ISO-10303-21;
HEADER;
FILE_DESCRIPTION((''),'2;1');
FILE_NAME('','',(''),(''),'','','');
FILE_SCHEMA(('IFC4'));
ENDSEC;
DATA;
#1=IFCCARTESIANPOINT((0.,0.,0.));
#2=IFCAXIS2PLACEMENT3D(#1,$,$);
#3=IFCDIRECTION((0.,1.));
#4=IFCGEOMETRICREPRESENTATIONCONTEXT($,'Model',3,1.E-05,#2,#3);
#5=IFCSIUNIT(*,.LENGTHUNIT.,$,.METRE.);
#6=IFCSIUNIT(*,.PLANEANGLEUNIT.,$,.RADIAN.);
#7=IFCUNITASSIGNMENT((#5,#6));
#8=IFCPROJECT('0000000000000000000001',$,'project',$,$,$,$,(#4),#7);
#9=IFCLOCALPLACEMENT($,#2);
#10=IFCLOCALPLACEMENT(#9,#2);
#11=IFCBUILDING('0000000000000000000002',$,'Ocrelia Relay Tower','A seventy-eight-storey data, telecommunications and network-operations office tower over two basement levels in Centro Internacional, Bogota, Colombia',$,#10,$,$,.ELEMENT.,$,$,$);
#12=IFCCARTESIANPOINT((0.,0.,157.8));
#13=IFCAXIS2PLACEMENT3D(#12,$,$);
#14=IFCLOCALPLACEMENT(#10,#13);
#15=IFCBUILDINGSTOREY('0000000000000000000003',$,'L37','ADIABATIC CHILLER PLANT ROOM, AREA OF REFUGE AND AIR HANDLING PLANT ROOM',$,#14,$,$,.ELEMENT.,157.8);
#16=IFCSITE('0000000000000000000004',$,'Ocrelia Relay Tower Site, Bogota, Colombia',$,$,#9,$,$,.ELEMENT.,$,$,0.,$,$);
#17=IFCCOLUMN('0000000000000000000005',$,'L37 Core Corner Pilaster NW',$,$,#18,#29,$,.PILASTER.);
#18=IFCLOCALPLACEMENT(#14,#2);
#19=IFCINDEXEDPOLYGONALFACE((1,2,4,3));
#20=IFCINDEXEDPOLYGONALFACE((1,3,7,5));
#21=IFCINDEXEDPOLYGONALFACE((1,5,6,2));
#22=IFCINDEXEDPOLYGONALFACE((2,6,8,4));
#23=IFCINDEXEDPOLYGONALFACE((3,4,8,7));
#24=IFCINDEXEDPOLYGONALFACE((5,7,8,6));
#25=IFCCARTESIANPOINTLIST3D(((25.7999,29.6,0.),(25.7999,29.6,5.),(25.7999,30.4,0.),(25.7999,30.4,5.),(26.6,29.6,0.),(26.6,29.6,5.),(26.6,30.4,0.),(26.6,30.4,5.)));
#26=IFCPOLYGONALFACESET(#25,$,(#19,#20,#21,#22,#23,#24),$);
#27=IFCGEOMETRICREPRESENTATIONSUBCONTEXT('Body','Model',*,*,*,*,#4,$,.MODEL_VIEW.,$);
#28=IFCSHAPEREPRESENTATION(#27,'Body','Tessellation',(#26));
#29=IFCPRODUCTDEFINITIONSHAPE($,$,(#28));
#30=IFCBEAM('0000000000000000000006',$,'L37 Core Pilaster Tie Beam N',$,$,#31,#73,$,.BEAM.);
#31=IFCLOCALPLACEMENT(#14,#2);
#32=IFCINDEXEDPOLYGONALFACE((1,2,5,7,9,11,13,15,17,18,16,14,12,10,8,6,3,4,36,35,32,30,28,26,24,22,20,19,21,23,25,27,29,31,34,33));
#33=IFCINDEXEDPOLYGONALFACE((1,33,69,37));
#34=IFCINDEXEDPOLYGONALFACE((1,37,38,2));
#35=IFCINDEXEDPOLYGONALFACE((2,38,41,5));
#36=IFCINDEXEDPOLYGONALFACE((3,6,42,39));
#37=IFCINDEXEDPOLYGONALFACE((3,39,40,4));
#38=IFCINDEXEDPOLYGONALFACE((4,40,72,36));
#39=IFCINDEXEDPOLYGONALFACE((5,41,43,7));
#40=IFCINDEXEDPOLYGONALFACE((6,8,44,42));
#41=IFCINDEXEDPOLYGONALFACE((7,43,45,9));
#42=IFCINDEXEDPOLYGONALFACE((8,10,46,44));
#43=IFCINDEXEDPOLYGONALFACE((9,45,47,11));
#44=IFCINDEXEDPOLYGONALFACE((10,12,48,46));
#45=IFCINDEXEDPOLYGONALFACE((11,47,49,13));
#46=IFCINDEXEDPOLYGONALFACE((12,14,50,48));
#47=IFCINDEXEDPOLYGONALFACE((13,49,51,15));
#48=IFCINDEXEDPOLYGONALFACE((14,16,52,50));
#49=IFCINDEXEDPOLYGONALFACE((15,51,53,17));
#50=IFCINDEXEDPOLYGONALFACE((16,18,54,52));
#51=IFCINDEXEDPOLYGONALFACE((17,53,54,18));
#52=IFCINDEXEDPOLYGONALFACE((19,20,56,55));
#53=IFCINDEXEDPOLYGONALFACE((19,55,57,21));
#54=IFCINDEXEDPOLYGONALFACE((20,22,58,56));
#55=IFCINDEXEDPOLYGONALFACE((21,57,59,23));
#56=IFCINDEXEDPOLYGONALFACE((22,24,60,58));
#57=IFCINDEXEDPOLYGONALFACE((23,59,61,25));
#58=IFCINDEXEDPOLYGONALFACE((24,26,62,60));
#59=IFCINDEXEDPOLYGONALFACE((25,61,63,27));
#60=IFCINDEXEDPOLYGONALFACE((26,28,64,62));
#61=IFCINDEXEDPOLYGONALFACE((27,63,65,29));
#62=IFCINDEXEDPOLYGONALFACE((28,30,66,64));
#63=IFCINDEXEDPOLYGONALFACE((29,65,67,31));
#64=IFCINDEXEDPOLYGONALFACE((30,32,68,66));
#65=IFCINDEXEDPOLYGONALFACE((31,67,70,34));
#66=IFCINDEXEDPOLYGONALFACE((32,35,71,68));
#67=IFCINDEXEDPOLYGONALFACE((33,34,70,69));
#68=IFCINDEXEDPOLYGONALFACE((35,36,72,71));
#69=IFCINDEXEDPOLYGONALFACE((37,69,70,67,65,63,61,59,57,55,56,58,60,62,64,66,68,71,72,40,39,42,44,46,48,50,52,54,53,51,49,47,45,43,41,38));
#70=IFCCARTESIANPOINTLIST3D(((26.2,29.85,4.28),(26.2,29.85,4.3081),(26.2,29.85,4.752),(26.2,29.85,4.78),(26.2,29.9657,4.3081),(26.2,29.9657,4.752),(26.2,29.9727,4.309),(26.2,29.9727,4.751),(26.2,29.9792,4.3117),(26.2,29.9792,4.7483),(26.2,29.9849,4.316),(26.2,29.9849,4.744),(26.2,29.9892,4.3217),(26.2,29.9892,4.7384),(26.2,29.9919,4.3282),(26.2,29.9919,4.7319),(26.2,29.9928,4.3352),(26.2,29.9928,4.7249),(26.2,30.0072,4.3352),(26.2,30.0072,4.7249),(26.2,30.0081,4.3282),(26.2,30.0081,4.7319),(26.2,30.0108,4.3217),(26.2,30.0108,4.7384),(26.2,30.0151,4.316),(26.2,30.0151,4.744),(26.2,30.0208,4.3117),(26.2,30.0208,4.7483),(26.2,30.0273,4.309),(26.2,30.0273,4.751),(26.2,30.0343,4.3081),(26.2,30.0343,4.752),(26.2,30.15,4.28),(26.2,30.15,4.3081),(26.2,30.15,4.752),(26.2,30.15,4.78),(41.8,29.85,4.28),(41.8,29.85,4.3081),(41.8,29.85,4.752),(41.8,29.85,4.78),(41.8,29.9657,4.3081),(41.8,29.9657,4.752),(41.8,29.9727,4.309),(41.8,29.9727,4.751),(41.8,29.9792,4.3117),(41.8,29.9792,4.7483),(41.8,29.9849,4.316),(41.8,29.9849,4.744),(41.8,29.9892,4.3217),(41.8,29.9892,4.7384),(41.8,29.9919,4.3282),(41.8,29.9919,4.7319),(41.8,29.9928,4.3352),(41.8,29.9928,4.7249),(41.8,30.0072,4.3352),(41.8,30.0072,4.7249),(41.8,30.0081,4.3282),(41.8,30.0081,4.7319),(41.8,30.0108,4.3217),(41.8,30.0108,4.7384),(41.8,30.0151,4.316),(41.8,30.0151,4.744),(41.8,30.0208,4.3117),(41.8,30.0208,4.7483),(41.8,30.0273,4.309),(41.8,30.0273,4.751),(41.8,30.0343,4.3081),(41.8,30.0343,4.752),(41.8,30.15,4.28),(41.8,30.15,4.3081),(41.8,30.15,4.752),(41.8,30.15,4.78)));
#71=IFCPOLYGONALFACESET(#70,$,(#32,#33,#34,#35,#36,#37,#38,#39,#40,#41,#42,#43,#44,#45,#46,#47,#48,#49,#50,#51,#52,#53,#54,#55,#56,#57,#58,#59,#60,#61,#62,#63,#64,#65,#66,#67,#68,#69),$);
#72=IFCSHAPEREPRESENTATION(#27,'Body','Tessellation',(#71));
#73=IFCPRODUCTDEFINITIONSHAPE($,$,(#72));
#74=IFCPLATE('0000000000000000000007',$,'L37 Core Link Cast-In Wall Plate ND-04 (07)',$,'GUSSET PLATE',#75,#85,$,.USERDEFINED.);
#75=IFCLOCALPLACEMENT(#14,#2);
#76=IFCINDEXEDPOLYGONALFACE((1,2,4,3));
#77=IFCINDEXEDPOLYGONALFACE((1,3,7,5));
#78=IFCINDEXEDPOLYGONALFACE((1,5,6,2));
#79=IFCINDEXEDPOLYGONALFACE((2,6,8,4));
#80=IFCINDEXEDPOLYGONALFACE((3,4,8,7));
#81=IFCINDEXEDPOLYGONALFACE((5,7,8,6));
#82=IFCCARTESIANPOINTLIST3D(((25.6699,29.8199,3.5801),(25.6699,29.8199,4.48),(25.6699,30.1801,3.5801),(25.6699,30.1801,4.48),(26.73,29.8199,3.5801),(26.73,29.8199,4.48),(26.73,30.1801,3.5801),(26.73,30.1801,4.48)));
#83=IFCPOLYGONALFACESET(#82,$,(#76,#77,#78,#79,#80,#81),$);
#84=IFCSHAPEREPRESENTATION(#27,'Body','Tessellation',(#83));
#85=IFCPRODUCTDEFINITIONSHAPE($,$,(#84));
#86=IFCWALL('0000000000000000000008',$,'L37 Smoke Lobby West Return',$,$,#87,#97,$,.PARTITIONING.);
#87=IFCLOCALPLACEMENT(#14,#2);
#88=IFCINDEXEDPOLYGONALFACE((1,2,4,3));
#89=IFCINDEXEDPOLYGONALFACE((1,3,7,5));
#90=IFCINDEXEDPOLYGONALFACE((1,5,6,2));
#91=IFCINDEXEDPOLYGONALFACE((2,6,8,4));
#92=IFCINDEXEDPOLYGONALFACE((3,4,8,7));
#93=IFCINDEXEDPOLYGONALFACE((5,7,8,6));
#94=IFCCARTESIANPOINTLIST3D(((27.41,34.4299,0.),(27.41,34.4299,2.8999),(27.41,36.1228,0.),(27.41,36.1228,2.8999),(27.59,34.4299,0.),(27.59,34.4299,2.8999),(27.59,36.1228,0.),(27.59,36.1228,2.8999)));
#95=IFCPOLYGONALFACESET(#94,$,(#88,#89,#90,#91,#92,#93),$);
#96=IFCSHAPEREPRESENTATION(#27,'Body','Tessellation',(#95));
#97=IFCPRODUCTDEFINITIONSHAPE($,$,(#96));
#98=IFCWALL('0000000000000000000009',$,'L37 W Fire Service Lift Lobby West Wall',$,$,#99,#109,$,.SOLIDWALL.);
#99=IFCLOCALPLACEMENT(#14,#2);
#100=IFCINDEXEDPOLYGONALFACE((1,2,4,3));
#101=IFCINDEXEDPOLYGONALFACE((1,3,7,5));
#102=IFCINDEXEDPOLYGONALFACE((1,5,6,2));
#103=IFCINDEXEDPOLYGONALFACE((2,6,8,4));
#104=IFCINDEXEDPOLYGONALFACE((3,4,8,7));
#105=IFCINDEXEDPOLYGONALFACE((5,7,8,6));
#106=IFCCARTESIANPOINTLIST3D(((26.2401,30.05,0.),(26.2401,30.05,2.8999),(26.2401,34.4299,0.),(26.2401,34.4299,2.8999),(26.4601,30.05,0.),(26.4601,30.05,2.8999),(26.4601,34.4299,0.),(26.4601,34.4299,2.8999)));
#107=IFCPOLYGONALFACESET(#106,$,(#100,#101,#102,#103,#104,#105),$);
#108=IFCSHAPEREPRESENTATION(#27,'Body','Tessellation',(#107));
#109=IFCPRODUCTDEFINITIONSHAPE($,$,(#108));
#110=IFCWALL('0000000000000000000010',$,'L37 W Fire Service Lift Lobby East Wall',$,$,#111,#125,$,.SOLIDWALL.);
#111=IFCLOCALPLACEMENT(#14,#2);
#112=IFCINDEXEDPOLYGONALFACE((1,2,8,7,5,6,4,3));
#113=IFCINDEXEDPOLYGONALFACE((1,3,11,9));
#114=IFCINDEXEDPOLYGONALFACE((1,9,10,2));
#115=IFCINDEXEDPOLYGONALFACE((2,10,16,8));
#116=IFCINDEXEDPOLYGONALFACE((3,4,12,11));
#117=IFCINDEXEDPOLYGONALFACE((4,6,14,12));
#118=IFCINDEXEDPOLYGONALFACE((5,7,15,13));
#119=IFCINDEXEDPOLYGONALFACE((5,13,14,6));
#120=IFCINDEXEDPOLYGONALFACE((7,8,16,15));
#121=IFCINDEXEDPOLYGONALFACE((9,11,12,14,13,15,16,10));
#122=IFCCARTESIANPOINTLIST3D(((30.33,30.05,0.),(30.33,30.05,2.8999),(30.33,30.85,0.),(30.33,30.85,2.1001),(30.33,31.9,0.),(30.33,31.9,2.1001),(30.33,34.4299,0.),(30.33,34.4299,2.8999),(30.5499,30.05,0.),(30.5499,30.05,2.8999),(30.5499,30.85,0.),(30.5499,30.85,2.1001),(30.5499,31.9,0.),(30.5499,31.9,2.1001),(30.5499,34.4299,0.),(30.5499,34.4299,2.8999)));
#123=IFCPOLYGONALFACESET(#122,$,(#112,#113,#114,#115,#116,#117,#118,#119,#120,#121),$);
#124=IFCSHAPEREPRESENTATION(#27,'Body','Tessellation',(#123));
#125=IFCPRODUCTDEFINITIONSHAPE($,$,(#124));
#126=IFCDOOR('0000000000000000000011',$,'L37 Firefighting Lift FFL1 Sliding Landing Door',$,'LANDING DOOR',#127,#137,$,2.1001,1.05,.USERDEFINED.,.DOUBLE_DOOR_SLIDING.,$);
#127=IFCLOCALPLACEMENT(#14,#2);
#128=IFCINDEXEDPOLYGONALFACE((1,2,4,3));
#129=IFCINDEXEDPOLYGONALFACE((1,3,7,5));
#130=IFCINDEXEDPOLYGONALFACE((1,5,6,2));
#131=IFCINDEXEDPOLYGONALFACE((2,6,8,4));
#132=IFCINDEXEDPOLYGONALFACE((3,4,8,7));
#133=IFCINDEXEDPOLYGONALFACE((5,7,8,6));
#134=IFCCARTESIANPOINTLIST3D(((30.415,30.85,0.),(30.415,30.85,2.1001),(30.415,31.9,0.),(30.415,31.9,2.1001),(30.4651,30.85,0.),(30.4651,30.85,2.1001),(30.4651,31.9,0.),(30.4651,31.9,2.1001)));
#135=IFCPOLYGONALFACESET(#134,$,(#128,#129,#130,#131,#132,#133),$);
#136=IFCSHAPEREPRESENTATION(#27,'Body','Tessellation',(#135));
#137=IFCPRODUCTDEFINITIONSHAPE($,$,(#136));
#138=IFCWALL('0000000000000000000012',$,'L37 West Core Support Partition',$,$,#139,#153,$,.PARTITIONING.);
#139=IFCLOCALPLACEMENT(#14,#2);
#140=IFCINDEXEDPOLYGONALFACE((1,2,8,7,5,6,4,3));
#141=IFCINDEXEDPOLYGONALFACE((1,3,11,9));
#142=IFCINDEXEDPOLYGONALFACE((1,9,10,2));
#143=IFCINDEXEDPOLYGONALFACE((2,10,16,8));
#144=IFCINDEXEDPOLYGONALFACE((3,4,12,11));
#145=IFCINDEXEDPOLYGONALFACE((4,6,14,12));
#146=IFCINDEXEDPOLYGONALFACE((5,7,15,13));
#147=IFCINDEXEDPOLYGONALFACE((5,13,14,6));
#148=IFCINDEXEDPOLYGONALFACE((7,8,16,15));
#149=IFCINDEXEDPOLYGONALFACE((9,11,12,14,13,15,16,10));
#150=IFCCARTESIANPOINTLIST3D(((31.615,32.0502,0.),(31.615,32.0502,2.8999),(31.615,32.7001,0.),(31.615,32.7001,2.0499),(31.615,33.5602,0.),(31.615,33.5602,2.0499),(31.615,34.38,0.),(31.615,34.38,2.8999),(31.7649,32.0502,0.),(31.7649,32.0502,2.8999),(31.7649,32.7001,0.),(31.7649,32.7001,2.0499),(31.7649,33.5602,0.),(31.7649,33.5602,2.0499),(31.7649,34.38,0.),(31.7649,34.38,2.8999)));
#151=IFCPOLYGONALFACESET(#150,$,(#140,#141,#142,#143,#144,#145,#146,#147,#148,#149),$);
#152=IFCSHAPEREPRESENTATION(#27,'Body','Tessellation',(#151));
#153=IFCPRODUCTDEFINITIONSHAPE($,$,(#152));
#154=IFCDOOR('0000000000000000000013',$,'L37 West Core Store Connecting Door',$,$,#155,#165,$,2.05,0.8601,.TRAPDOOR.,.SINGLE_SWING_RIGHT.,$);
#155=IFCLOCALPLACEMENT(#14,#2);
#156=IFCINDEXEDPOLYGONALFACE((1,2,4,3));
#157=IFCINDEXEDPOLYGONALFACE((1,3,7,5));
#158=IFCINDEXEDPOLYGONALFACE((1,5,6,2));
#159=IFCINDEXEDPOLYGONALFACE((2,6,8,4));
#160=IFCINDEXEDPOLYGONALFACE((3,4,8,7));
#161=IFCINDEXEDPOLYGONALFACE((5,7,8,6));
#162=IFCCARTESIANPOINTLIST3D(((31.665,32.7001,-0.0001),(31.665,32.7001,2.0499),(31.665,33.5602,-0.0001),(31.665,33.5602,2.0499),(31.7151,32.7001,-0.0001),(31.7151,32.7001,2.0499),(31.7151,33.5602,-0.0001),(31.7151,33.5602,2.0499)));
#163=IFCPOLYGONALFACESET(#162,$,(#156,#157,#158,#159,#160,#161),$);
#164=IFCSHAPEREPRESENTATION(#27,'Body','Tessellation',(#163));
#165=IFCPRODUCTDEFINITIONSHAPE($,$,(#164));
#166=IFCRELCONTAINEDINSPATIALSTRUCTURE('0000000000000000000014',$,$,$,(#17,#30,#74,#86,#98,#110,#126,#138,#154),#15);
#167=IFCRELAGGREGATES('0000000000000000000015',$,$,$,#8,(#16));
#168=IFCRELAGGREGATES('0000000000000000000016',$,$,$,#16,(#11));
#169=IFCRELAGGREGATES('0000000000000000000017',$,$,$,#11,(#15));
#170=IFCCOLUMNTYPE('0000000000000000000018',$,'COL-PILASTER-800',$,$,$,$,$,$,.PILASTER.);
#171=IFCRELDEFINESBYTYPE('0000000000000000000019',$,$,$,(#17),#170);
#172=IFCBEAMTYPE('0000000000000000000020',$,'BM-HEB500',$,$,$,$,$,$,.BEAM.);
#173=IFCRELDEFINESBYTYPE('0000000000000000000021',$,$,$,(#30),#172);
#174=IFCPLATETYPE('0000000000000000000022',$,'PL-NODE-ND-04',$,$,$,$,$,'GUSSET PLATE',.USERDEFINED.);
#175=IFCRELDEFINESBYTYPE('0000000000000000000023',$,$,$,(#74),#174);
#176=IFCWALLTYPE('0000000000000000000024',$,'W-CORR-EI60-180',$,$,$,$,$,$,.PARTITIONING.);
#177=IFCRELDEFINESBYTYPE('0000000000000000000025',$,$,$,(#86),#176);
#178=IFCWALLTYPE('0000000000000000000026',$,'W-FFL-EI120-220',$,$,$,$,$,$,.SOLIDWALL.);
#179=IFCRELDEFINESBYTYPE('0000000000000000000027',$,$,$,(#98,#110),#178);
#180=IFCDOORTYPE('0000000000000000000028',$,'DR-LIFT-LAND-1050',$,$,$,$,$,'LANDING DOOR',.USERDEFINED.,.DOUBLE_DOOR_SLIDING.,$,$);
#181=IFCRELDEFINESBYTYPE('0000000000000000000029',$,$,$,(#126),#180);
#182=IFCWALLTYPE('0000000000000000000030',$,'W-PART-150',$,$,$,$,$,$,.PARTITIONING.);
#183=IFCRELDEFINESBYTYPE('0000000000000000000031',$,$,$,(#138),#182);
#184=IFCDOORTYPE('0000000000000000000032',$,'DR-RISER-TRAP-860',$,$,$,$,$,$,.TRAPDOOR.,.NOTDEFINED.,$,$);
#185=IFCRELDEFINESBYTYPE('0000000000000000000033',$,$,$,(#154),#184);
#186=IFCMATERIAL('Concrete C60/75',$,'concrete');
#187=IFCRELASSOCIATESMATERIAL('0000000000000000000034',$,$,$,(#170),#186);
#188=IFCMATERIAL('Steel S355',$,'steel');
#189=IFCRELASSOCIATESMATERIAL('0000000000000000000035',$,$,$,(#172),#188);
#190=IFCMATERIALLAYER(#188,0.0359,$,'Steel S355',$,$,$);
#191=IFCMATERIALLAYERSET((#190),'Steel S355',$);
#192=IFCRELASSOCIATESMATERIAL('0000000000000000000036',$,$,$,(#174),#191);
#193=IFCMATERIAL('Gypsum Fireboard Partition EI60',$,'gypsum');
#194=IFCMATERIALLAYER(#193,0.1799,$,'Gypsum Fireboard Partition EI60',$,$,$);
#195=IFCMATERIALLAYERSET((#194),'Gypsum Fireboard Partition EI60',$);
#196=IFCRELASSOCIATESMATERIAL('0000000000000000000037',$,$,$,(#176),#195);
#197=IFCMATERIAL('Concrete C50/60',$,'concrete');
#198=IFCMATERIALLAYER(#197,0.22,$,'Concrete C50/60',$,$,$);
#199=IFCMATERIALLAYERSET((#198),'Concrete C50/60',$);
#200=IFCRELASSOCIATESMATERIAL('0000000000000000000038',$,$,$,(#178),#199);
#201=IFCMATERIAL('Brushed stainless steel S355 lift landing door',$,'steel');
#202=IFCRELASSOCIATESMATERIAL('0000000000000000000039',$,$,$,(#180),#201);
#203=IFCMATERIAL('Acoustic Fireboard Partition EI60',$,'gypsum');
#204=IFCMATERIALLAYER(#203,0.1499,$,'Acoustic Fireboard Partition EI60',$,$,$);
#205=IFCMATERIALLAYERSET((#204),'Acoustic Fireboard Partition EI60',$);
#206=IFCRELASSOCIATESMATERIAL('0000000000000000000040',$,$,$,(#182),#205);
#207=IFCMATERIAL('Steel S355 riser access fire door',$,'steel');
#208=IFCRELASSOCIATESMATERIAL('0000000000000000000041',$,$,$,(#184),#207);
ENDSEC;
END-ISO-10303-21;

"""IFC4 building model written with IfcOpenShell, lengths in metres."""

from ifc_helpers import new_model, si_unit, direction, frame, frame_2d, origin, origin_2d, place, context, subcontext, project, spatial, rectangle, i_section, extrude, material, layer, layer_set, material_profile, profile_set, type_object, element, fill, save


model = new_model("IFC4")

# Units and contexts
model_context = context("Model", 3, precision=1e-05, world=origin(), true_north=direction((0.0, 1.0)))
body_context = subcontext(model_context, "Body", "Model", "MODEL_VIEW")
ifc_project = project(units=[si_unit("LENGTHUNIT", "METRE"), si_unit("PLANEANGLEUNIT", "RADIAN")], contexts=[model_context])

# Site, building, storey
site_placement = place(None, origin())
site = spatial("IfcSite", under=ifc_project, at=site_placement, Name="Ocrelia Relay Tower Site, Bogota, Colombia", CompositionType="ELEMENT", RefElevation=0.0)
building_placement = place(site_placement, origin())
building = spatial("IfcBuilding", under=site, at=building_placement, Name="Ocrelia Relay Tower", Description="A seventy-eight-storey data, telecommunications and network-operations office tower over two basement levels in Centro Internacional, Bogota, Colombia", CompositionType="ELEMENT")
storey_placement = place(building_placement, frame((0.0, 0.0, 157.8)))
storey = spatial("IfcBuildingStorey", under=building, at=storey_placement, Name="L37", Description="ADIABATIC CHILLER PLANT ROOM, AREA OF REFUGE AND AIR HANDLING PLANT ROOM", CompositionType="ELEMENT", Elevation=157.8)

# Column
ifc_material_1 = material(Name="Concrete C60/75", Category="concrete")
ifc_material_profile_1 = material_profile(ifc_material_1, rectangle(XDim=0.8, YDim=0.8, at=origin_2d()), Name="RC-COL-800x800")
ifc_profile_set_1 = profile_set([ifc_material_profile_1], Name="Concrete C60/75")
column_type = type_object("IfcColumnType", Name="COL-PILASTER-800", PredefinedType="PILASTER", material=ifc_profile_set_1)
column_placement = place(storey_placement, frame((26.2, 30.0, 0.0), z_axis=(0.0, 0.0, 1.0), x_axis=(1.0, 0.0, 0.0)))
element("IfcColumn", 1, at=column_placement, inside=storey, type_object=column_type, Name="L37 Core Corner Pilaster NW", PredefinedType="PILASTER", context=body_context, shape_type="SweptSolid", body=[
    extrude(rectangle(XDim=0.8, YDim=0.8, at=origin_2d()), origin(), (0.0, 0.0, 1.0), 5.0),
])

# Beam
ifc_material_2 = material(Name="Steel S355", Category="steel")
ifc_material_profile_2 = material_profile(ifc_material_2, i_section(OverallWidth=0.3, OverallDepth=0.5, WebThickness=0.0144, FlangeThickness=0.0281, FilletRadius=0.0271, at=origin_2d()), Name="HEB 500")
ifc_profile_set_2 = profile_set([ifc_material_profile_2], Name="Steel S355")
beam_type = type_object("IfcBeamType", Name="BM-HEB500", PredefinedType="BEAM", material=ifc_profile_set_2)
beam_placement = place(storey_placement, frame((26.2, 30.0, 4.53), z_axis=(1.0, 0.0, 0.0), x_axis=(0.0, 1.0, 0.0)))
element("IfcBeam", 2, at=beam_placement, inside=storey, type_object=beam_type, Name="L37 Core Pilaster Tie Beam N", PredefinedType="BEAM", context=body_context, shape_type="SweptSolid", body=[
    extrude(i_section(OverallWidth=0.3, OverallDepth=0.5, WebThickness=0.0144, FlangeThickness=0.0281, FilletRadius=0.0271, at=origin_2d()), origin(), (0.0, 0.0, 1.0), 15.6001),
])

# Plate
ifc_layer_1 = layer(ifc_material_2, 0.0359, Name="Steel S355")
ifc_layer_set_1 = layer_set([ifc_layer_1], Name="Steel S355")
plate_type = type_object("IfcPlateType", Name="PL-NODE-ND-04", ElementType="GUSSET PLATE", PredefinedType="USERDEFINED", material=ifc_layer_set_1)
plate_placement = place(storey_placement, frame((26.2, 30.0, 3.5801), z_axis=(0.0, 0.0, 1.0), x_axis=(1.0, 0.0, 0.0)))
element("IfcPlate", 3, at=plate_placement, inside=storey, type_object=plate_type, Name="L37 Core Link Cast-In Wall Plate ND-04 (07)", ObjectType="GUSSET PLATE", PredefinedType="USERDEFINED", context=body_context, shape_type="SweptSolid", body=[
    extrude(rectangle(XDim=1.0601, YDim=0.3601, at=origin_2d()), origin(), (0.0, 0.0, 1.0), 0.8999),
])

# Walls
ifc_material_3 = material(Name="Gypsum Fireboard Partition EI60", Category="gypsum")
ifc_layer_2 = layer(ifc_material_3, 0.1799, Name="Gypsum Fireboard Partition EI60")
ifc_layer_set_2 = layer_set([ifc_layer_2], Name="Gypsum Fireboard Partition EI60")
wall_type_1 = type_object("IfcWallType", Name="W-CORR-EI60-180", PredefinedType="PARTITIONING", material=ifc_layer_set_2)
wall_1_placement = place(storey_placement, frame((27.5, 34.4299, 0.0), z_axis=(0.0, 0.0, 1.0), x_axis=(0.0, 1.0, 0.0)))
element("IfcWall", 4, at=wall_1_placement, inside=storey, type_object=wall_type_1, Name="L37 Smoke Lobby West Return", PredefinedType="PARTITIONING", context=body_context, shape_type="SweptSolid", body=[
    extrude(rectangle(XDim=1.6929, YDim=0.1799, at=frame_2d((0.8464, 0.0))), origin(), (0.0, 0.0, 1.0), 2.8999),
])
ifc_material_4 = material(Name="Concrete C50/60", Category="concrete")
ifc_layer_3 = layer(ifc_material_4, 0.22, Name="Concrete C50/60")
ifc_layer_set_3 = layer_set([ifc_layer_3], Name="Concrete C50/60")
wall_type_2 = type_object("IfcWallType", Name="W-FFL-EI120-220", PredefinedType="SOLIDWALL", material=ifc_layer_set_3)
wall_2_placement = place(storey_placement, frame((26.3501, 30.05, 0.0), z_axis=(0.0, 0.0, 1.0), x_axis=(0.0, 1.0, 0.0)))
element("IfcWall", 5, at=wall_2_placement, inside=storey, type_object=wall_type_2, Name="L37 W Fire Service Lift Lobby West Wall", PredefinedType="SOLIDWALL", context=body_context, shape_type="SweptSolid", body=[
    extrude(rectangle(XDim=4.3799, YDim=0.22, at=frame_2d((2.1899, 0.0))), origin(), (0.0, 0.0, 1.0), 2.8999),
])

# Walls, openings, doors
wall_3_placement = place(storey_placement, frame((30.4399, 30.05, 0.0), z_axis=(0.0, 0.0, 1.0), x_axis=(0.0, 1.0, 0.0)))
wall_3 = element("IfcWall", 6, at=wall_3_placement, inside=storey, type_object=wall_type_2, Name="L37 W Fire Service Lift Lobby East Wall", PredefinedType="SOLIDWALL", context=body_context, shape_type="SweptSolid", body=[
    extrude(rectangle(XDim=4.3799, YDim=0.22, at=frame_2d((2.1899, 0.0))), origin(), (0.0, 0.0, 1.0), 2.8999),
])
opening_1_placement = place(wall_3_placement, frame((0.8, 0.0, 0.0)))
opening_1 = element("IfcOpeningElement", 7, at=opening_1_placement, cuts=wall_3, PredefinedType="OPENING", context=body_context, shape_type="SweptSolid", body=[
    extrude(rectangle(XDim=1.05, YDim=2.1001, at=frame_2d((0.5249, 1.05))), frame((0.0, 0.1201, 0.0), z_axis=(0.0, -1.0, 0.0), x_axis=(1.0, 0.0, 0.0)), (0.0, 0.0, 1.0), 0.24),
])
ifc_material_5 = material(Name="Brushed stainless steel S355 lift landing door", Category="steel")
door_type_1 = type_object("IfcDoorType", Name="DR-LIFT-LAND-1050", ElementType="LANDING DOOR", OperationType="DOUBLE_DOOR_SLIDING", PredefinedType="USERDEFINED", material=ifc_material_5)
door_1_placement = place(opening_1_placement, origin())
door_1 = element("IfcDoor", 8, at=door_1_placement, inside=storey, type_object=door_type_1, Name="L37 Firefighting Lift FFL1 Sliding Landing Door", ObjectType="LANDING DOOR", OperationType="DOUBLE_DOOR_SLIDING", OverallHeight=2.1001, OverallWidth=1.05, PredefinedType="USERDEFINED", context=body_context, shape_type="SweptSolid", body=[
    extrude(rectangle(XDim=1.05, YDim=2.1001, at=frame_2d((0.5249, 1.05))), frame((0.0, 0.0249, 0.0), z_axis=(0.0, -1.0, 0.0), x_axis=(1.0, 0.0, 0.0)), (0.0, 0.0, 1.0), 0.05),
])
fill(opening_1, door_1)
ifc_material_6 = material(Name="Acoustic Fireboard Partition EI60", Category="gypsum")
ifc_layer_4 = layer(ifc_material_6, 0.1499, Name="Acoustic Fireboard Partition EI60")
ifc_layer_set_4 = layer_set([ifc_layer_4], Name="Acoustic Fireboard Partition EI60")
wall_type_3 = type_object("IfcWallType", Name="W-PART-150", PredefinedType="PARTITIONING", material=ifc_layer_set_4)
wall_4_placement = place(storey_placement, frame((31.6899, 32.05, 0.0), z_axis=(0.0, 0.0, 1.0), x_axis=(0.0, 1.0, 0.0)))
wall_4 = element("IfcWall", 9, at=wall_4_placement, inside=storey, type_object=wall_type_3, Name="L37 West Core Support Partition", PredefinedType="PARTITIONING", context=body_context, shape_type="SweptSolid", body=[
    extrude(rectangle(XDim=2.3298, YDim=0.1499, at=frame_2d((1.165, 0.0))), origin(), (0.0, 0.0, 1.0), 2.8999),
])
opening_2_placement = place(wall_4_placement, frame((0.6499, 0.0, 0.0)))
opening_2 = element("IfcOpeningElement", 10, at=opening_2_placement, cuts=wall_4, PredefinedType="OPENING", context=body_context, shape_type="SweptSolid", body=[
    extrude(rectangle(XDim=0.8601, YDim=2.05, at=frame_2d((0.4302, 1.0249))), frame((0.0, 0.085, 0.0), z_axis=(0.0, -1.0, 0.0), x_axis=(1.0, 0.0, 0.0)), (0.0, 0.0, 1.0), 0.1699),
])
ifc_material_7 = material(Name="Steel S355 riser access fire door", Category="steel")
door_type_2 = type_object("IfcDoorType", Name="DR-RISER-TRAP-860", OperationType="NOTDEFINED", PredefinedType="TRAPDOOR", material=ifc_material_7)
door_2_placement = place(opening_2_placement, origin())
door_2 = element("IfcDoor", 11, at=door_2_placement, inside=storey, type_object=door_type_2, Name="L37 West Core Store Connecting Door", OperationType="SINGLE_SWING_RIGHT", OverallHeight=2.05, OverallWidth=0.8601, PredefinedType="TRAPDOOR", context=body_context, shape_type="SweptSolid", body=[
    extrude(rectangle(XDim=0.8601, YDim=2.05, at=frame_2d((0.4302, 1.0249))), frame((0.0, 0.0249, 0.0), z_axis=(0.0, -1.0, 0.0), x_axis=(1.0, 0.0, 0.0)), (0.0, 0.0, 1.0), 0.05),
])
fill(opening_2, door_2)

save(model, "model.ifc")
